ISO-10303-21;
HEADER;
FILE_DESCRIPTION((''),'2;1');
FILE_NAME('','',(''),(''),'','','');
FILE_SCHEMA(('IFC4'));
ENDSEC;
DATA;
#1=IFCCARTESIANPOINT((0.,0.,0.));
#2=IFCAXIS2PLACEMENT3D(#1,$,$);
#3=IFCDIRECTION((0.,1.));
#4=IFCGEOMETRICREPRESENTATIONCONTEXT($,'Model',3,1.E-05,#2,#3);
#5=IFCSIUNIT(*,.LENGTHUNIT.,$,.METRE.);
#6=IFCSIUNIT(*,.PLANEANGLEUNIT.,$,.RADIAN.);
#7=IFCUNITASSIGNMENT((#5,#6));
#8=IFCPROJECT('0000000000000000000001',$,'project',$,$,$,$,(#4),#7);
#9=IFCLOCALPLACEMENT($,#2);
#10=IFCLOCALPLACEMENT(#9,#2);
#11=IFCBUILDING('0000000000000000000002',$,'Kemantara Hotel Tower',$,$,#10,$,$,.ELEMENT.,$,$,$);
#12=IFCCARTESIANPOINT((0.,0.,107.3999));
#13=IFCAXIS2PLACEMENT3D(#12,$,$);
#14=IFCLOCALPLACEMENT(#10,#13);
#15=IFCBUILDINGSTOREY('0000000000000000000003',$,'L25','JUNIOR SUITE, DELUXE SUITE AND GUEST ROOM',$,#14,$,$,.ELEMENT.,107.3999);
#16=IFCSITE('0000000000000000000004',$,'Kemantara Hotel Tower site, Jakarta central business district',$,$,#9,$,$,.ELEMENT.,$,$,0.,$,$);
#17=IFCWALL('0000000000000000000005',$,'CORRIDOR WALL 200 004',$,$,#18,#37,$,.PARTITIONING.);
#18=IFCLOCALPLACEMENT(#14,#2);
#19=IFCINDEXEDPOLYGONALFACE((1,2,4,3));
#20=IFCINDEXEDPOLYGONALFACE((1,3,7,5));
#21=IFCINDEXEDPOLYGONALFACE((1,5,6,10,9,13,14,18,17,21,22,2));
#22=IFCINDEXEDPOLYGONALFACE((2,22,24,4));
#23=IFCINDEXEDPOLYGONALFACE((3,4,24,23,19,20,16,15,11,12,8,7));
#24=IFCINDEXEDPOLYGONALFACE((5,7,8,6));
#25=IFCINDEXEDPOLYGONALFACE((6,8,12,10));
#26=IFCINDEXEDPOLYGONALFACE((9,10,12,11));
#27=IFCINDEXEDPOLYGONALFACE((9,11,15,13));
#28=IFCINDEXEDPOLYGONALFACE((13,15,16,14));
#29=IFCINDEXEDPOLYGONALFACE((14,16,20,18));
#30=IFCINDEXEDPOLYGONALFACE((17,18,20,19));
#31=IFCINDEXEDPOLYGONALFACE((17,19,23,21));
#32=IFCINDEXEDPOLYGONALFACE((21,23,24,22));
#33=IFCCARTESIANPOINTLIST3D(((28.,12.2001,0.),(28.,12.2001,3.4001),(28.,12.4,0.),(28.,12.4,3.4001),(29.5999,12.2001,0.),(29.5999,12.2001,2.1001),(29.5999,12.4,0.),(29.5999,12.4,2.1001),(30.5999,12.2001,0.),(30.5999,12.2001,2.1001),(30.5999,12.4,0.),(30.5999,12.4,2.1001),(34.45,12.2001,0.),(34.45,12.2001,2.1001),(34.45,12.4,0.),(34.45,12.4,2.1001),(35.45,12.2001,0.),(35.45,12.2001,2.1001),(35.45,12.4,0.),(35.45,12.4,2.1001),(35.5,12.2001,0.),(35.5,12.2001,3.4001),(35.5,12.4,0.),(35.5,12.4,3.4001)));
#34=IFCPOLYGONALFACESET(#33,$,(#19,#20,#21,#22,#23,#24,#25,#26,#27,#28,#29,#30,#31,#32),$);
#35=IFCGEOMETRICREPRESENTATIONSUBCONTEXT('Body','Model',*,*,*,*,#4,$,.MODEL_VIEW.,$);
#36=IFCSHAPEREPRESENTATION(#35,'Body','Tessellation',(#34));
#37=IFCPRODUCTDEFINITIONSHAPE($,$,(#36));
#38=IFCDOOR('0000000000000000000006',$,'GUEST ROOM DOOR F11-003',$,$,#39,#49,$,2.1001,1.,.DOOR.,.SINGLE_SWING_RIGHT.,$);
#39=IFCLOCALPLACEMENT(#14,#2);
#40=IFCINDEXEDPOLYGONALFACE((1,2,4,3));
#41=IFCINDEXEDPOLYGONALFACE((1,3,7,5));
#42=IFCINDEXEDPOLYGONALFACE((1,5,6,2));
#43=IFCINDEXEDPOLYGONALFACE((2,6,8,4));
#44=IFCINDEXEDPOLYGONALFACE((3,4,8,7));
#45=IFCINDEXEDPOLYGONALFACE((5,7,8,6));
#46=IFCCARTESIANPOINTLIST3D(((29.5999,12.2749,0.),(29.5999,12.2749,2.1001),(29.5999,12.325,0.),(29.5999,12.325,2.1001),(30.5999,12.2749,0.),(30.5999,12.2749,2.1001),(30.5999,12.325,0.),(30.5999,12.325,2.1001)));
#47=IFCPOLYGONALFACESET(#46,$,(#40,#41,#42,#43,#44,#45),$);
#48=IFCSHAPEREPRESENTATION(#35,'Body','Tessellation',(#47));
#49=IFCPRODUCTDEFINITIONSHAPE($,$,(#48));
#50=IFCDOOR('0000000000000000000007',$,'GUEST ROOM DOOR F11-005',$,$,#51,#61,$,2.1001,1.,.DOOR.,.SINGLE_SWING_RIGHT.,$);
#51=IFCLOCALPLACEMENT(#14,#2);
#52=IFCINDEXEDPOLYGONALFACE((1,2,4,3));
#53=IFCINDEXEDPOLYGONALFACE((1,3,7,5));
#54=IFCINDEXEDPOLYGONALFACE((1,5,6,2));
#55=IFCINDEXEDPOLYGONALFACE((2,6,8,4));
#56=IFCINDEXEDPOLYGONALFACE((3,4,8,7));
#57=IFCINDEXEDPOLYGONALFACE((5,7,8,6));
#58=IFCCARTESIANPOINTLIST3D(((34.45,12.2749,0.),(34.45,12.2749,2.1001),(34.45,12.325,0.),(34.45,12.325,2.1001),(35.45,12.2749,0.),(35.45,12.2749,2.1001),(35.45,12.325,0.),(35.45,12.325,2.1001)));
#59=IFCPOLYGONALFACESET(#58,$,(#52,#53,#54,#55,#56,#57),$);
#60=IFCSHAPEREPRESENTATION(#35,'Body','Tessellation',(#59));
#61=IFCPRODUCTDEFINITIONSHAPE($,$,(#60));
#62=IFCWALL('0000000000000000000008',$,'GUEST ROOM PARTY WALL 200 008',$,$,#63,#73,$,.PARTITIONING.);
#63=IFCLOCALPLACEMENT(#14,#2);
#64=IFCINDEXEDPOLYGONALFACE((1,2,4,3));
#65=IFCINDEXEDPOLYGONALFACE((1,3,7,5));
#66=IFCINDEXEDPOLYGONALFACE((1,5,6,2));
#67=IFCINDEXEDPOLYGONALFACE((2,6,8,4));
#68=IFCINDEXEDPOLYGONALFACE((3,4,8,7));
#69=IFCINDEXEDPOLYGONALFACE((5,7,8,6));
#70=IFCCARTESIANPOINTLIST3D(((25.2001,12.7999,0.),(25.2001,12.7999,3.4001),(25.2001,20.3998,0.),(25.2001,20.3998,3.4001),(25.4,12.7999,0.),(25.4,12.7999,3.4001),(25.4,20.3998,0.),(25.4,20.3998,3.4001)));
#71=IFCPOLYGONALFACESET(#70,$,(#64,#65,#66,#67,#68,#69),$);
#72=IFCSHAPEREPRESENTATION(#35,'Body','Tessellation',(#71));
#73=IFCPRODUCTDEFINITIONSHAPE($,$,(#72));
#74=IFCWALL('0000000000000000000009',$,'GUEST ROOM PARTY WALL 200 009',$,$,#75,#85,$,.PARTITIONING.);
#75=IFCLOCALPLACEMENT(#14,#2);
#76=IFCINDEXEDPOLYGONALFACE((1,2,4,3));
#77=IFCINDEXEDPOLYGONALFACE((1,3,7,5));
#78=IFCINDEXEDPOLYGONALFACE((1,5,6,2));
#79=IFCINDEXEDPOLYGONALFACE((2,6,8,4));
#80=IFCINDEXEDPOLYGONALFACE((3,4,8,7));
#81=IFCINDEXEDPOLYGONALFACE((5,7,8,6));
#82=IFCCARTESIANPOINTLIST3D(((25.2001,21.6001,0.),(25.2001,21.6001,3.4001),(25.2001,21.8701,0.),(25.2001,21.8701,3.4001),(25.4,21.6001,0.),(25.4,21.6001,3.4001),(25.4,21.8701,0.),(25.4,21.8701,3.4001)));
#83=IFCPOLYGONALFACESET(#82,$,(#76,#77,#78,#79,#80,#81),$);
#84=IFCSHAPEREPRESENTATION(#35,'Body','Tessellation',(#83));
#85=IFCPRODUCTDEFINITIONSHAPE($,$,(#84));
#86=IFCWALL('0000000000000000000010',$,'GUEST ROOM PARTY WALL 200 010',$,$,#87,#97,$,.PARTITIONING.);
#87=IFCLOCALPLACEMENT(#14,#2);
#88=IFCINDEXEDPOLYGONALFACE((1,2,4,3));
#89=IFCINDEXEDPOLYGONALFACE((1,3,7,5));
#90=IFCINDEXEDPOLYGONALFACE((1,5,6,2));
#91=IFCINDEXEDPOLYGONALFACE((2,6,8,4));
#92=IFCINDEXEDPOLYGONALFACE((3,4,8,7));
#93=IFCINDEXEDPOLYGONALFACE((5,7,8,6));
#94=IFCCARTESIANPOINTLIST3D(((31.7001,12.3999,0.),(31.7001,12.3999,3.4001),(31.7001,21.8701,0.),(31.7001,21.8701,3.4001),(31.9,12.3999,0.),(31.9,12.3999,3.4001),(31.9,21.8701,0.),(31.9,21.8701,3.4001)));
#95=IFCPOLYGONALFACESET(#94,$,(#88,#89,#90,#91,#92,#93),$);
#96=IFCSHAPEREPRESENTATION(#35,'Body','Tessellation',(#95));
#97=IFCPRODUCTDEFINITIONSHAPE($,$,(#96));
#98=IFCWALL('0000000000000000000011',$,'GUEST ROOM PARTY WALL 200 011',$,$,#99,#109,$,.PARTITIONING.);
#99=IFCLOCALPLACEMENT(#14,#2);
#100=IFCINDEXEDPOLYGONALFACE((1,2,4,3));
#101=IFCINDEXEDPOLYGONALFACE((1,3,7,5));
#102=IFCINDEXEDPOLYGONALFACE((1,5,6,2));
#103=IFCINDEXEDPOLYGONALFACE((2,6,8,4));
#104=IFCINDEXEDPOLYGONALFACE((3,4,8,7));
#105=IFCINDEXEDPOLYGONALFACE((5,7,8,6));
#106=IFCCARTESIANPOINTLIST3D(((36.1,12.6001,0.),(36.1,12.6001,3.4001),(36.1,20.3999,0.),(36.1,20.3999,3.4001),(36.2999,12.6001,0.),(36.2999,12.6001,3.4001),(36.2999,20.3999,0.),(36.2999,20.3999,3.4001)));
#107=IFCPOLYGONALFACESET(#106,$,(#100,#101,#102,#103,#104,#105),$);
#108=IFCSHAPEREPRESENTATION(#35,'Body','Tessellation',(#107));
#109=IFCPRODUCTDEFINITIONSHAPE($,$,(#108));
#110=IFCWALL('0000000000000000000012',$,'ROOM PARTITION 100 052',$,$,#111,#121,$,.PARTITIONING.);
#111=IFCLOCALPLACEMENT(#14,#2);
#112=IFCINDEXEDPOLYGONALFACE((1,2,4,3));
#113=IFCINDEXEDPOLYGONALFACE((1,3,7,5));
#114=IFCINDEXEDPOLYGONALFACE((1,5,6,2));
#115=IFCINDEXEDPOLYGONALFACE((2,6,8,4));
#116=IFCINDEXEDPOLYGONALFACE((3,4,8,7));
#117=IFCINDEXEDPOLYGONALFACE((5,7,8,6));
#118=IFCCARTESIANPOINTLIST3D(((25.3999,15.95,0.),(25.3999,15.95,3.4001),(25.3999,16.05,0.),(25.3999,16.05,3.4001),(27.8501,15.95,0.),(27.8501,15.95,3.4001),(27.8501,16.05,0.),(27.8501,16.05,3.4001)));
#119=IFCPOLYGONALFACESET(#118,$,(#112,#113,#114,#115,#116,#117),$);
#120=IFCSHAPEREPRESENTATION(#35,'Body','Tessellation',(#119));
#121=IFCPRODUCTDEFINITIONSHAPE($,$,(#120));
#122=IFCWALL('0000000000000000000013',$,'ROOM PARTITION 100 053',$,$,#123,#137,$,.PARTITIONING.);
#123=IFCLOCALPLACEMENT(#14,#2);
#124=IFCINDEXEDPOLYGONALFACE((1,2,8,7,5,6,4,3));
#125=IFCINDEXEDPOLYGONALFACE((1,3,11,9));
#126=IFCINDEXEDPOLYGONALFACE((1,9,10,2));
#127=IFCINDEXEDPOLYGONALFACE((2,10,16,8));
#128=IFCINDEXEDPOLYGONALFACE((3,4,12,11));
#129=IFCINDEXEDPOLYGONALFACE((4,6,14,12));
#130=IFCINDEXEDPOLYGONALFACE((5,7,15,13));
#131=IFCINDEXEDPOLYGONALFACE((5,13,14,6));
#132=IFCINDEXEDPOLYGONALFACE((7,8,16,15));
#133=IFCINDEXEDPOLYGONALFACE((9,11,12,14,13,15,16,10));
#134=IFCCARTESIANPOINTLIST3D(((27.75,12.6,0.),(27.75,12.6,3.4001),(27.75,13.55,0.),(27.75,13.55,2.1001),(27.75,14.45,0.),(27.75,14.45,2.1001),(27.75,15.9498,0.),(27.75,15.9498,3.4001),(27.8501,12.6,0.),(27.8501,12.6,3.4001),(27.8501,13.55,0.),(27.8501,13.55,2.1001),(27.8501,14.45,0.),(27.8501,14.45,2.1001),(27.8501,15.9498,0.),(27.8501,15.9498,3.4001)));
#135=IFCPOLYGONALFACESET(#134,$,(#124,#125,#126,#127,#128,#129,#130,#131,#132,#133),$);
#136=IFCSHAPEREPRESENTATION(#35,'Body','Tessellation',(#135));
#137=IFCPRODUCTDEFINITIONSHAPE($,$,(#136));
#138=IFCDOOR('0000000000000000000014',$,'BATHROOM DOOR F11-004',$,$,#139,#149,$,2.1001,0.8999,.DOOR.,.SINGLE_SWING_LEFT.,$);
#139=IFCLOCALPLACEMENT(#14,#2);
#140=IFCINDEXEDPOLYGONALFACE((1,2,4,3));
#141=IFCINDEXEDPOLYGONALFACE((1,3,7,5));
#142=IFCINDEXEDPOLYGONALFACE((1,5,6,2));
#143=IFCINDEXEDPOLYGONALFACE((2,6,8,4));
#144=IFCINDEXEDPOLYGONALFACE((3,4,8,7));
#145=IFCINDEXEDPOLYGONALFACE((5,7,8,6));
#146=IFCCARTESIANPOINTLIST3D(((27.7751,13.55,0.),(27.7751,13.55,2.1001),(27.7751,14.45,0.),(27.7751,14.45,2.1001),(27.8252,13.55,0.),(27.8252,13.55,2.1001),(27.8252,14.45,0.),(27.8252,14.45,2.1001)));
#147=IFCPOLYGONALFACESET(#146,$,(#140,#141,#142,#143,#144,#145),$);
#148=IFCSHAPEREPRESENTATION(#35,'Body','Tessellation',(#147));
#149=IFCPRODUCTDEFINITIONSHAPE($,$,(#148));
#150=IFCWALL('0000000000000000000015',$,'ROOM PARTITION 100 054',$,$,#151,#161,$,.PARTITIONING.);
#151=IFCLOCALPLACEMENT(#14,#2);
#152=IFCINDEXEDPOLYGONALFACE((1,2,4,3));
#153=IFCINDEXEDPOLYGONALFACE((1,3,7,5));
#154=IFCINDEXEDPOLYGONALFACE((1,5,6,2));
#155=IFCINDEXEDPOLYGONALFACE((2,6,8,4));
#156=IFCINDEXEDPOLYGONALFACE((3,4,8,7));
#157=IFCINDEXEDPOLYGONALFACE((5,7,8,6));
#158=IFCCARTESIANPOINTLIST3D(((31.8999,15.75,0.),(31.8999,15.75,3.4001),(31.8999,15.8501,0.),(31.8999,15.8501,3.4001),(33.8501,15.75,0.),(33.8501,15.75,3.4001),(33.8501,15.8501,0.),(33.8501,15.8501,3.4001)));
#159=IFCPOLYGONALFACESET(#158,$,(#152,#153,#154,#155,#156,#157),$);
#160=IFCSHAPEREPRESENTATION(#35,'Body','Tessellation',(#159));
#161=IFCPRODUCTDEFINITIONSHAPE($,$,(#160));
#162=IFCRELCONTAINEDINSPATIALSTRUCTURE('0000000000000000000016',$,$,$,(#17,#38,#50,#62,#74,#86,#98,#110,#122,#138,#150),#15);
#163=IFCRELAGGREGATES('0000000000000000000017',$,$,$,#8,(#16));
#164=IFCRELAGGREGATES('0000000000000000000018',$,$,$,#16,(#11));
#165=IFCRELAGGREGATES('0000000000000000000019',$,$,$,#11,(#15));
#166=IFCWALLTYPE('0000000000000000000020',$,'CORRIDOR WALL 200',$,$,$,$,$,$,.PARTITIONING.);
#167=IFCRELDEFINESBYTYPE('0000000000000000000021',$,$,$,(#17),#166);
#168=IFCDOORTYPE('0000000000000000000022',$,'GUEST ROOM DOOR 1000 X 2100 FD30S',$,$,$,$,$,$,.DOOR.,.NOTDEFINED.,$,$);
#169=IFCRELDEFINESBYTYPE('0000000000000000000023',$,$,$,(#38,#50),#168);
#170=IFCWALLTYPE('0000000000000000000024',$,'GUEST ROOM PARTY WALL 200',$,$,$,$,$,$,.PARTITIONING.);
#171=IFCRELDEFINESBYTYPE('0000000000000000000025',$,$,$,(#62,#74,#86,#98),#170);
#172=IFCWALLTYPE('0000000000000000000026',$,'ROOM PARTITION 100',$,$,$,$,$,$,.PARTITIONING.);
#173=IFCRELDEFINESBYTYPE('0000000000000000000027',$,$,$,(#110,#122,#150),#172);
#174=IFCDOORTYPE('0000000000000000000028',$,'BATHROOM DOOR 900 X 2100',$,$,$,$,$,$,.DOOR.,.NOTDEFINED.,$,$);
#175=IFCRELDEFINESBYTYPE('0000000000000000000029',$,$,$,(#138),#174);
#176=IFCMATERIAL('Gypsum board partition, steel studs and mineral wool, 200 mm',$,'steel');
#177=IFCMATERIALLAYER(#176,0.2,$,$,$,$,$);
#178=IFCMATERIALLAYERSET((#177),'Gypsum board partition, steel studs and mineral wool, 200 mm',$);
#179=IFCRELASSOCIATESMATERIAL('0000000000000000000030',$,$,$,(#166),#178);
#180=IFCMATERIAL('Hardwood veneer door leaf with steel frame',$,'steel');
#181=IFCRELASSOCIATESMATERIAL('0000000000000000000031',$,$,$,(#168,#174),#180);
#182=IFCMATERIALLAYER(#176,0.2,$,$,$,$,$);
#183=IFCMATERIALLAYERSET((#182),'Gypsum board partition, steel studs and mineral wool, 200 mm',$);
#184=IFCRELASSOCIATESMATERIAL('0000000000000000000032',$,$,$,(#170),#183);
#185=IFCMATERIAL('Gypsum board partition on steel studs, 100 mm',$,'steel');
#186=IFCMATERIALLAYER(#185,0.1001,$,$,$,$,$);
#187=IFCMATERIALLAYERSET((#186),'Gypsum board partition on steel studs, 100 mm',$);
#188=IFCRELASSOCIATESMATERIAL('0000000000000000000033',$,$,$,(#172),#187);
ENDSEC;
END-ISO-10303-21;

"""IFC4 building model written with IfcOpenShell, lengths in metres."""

from ifc_helpers import new_model, si_unit, direction, frame, frame_2d, origin, place, context, subcontext, project, spatial, rectangle, extrude, material, layer, layer_set, type_object, element, fill, save


model = new_model("IFC4")

# Units and contexts
model_context = context("Model", 3, precision=1e-05, world=origin(), true_north=direction((0.0, 1.0)))
body_context = subcontext(model_context, "Body", "Model", "MODEL_VIEW")
ifc_project = project(units=[si_unit("LENGTHUNIT", "METRE"), si_unit("PLANEANGLEUNIT", "RADIAN")], contexts=[model_context])

# Site, building, storey
site_placement = place(None, origin())
site = spatial("IfcSite", under=ifc_project, at=site_placement, Name="Kemantara Hotel Tower site, Jakarta central business district", CompositionType="ELEMENT", RefElevation=0.0)
building_placement = place(site_placement, origin())
building = spatial("IfcBuilding", under=site, at=building_placement, Name="Kemantara Hotel Tower", CompositionType="ELEMENT")
storey_placement = place(building_placement, frame((0.0, 0.0, 107.3999)))
storey = spatial("IfcBuildingStorey", under=building, at=storey_placement, Name="L25", Description="JUNIOR SUITE, DELUXE SUITE AND GUEST ROOM", CompositionType="ELEMENT", Elevation=107.3999)

# Shared definitions
ifc_material_1 = material(Name="Gypsum board partition, steel studs and mineral wool, 200 mm", Category="steel")
ifc_layer_1 = layer(ifc_material_1, 0.2)
ifc_layer_set_1 = layer_set([ifc_layer_1], Name="Gypsum board partition, steel studs and mineral wool, 200 mm")
wall_type_1 = type_object("IfcWallType", Name="CORRIDOR WALL 200", PredefinedType="PARTITIONING", material=ifc_layer_set_1)

# Wall, openings, doors
wall_1_placement = place(storey_placement, frame((28.0, 12.3, 0.0), z_axis=(0.0, 0.0, 1.0), x_axis=(1.0, 0.0, 0.0)))
wall_1 = element("IfcWall", 1, at=wall_1_placement, inside=storey, type_object=wall_type_1, Name="CORRIDOR WALL 200 004", PredefinedType="PARTITIONING", context=body_context, shape_type="SweptSolid", body=[
    extrude(rectangle(XDim=7.5, YDim=0.2, at=frame_2d((3.75, 0.0))), origin(), (0.0, 0.0, 1.0), 3.4001),
])
opening_1_placement = place(wall_1_placement, frame((1.5999, 0.0, 0.0)))
opening_1 = element("IfcOpeningElement", 2, at=opening_1_placement, cuts=wall_1, PredefinedType="OPENING", context=body_context, shape_type="SweptSolid", body=[
    extrude(rectangle(XDim=1.0, YDim=2.1001, at=frame_2d((0.5, 1.05))), frame((0.0, 0.1099, 0.0), z_axis=(0.0, -1.0, 0.0), x_axis=(1.0, 0.0, 0.0)), (0.0, 0.0, 1.0), 0.22),
])
opening_2_placement = place(wall_1_placement, frame((6.45, 0.0, 0.0)))
opening_2 = element("IfcOpeningElement", 3, at=opening_2_placement, cuts=wall_1, PredefinedType="OPENING", context=body_context, shape_type="SweptSolid", body=[
    extrude(rectangle(XDim=1.0, YDim=2.1001, at=frame_2d((0.5, 1.05))), frame((0.0, 0.1099, 0.0), z_axis=(0.0, -1.0, 0.0), x_axis=(1.0, 0.0, 0.0)), (0.0, 0.0, 1.0), 0.22),
])
ifc_material_2 = material(Name="Hardwood veneer door leaf with steel frame", Category="steel")
door_type_1 = type_object("IfcDoorType", Name="GUEST ROOM DOOR 1000 X 2100 FD30S", OperationType="NOTDEFINED", PredefinedType="DOOR", material=ifc_material_2)
door_1_placement = place(opening_1_placement, origin())
door_1 = element("IfcDoor", 4, at=door_1_placement, inside=storey, type_object=door_type_1, Name="GUEST ROOM DOOR F11-003", OperationType="SINGLE_SWING_RIGHT", OverallHeight=2.1001, OverallWidth=1.0, PredefinedType="DOOR", context=body_context, shape_type="SweptSolid", body=[
    extrude(rectangle(XDim=1.0, YDim=2.1001, at=frame_2d((0.5, 1.05))), frame((0.0, 0.0249, 0.0), z_axis=(0.0, -1.0, 0.0), x_axis=(1.0, 0.0, 0.0)), (0.0, 0.0, 1.0), 0.05),
])
fill(opening_1, door_1)
door_2_placement = place(opening_2_placement, origin())
door_2 = element("IfcDoor", 5, at=door_2_placement, inside=storey, type_object=door_type_1, Name="GUEST ROOM DOOR F11-005", OperationType="SINGLE_SWING_RIGHT", OverallHeight=2.1001, OverallWidth=1.0, PredefinedType="DOOR", context=body_context, shape_type="SweptSolid", body=[
    extrude(rectangle(XDim=1.0, YDim=2.1001, at=frame_2d((0.5, 1.05))), frame((0.0, 0.0249, 0.0), z_axis=(0.0, -1.0, 0.0), x_axis=(1.0, 0.0, 0.0)), (0.0, 0.0, 1.0), 0.05),
])
fill(opening_2, door_2)

# Walls
ifc_layer_2 = layer(ifc_material_1, 0.2)
ifc_layer_set_2 = layer_set([ifc_layer_2], Name="Gypsum board partition, steel studs and mineral wool, 200 mm")
wall_type_2 = type_object("IfcWallType", Name="GUEST ROOM PARTY WALL 200", PredefinedType="PARTITIONING", material=ifc_layer_set_2)
wall_2_placement = place(storey_placement, frame((25.3, 12.8, 0.0), z_axis=(0.0, 0.0, 1.0), x_axis=(0.0, 1.0, 0.0)))
element("IfcWall", 6, at=wall_2_placement, inside=storey, type_object=wall_type_2, Name="GUEST ROOM PARTY WALL 200 008", PredefinedType="PARTITIONING", context=body_context, shape_type="SweptSolid", body=[
    extrude(rectangle(XDim=7.5999, YDim=0.2, at=frame_2d((3.7998, 0.0))), origin(), (0.0, 0.0, 1.0), 3.4001),
])
wall_3_placement = place(storey_placement, frame((25.3, 21.6001, 0.0), z_axis=(0.0, 0.0, 1.0), x_axis=(0.0, 1.0, 0.0)))
element("IfcWall", 7, at=wall_3_placement, inside=storey, type_object=wall_type_2, Name="GUEST ROOM PARTY WALL 200 009", PredefinedType="PARTITIONING", context=body_context, shape_type="SweptSolid", body=[
    extrude(rectangle(XDim=0.27, YDim=0.2, at=frame_2d((0.135, 0.0))), origin(), (0.0, 0.0, 1.0), 3.4001),
])
wall_4_placement = place(storey_placement, frame((31.8, 12.3999, 0.0), z_axis=(0.0, 0.0, 1.0), x_axis=(0.0, 1.0, 0.0)))
element("IfcWall", 8, at=wall_4_placement, inside=storey, type_object=wall_type_2, Name="GUEST ROOM PARTY WALL 200 010", PredefinedType="PARTITIONING", context=body_context, shape_type="SweptSolid", body=[
    extrude(rectangle(XDim=9.4702, YDim=0.2, at=frame_2d((4.7351, 0.0))), origin(), (0.0, 0.0, 1.0), 3.4001),
])
wall_5_placement = place(storey_placement, frame((36.2, 12.6001, 0.0), z_axis=(0.0, 0.0, 1.0), x_axis=(0.0, 1.0, 0.0)))
element("IfcWall", 9, at=wall_5_placement, inside=storey, type_object=wall_type_2, Name="GUEST ROOM PARTY WALL 200 011", PredefinedType="PARTITIONING", context=body_context, shape_type="SweptSolid", body=[
    extrude(rectangle(XDim=7.7998, YDim=0.2, at=frame_2d((3.8999, 0.0))), origin(), (0.0, 0.0, 1.0), 3.4001),
])
ifc_material_3 = material(Name="Gypsum board partition on steel studs, 100 mm", Category="steel")
ifc_layer_3 = layer(ifc_material_3, 0.1001)
ifc_layer_set_3 = layer_set([ifc_layer_3], Name="Gypsum board partition on steel studs, 100 mm")
wall_type_3 = type_object("IfcWallType", Name="ROOM PARTITION 100", PredefinedType="PARTITIONING", material=ifc_layer_set_3)
wall_6_placement = place(storey_placement, frame((25.3999, 16.0, 0.0), z_axis=(0.0, 0.0, 1.0), x_axis=(1.0, 0.0, 0.0)))
element("IfcWall", 10, at=wall_6_placement, inside=storey, type_object=wall_type_3, Name="ROOM PARTITION 100 052", PredefinedType="PARTITIONING", context=body_context, shape_type="SweptSolid", body=[
    extrude(rectangle(XDim=2.4502, YDim=0.1001, at=frame_2d((1.2251, 0.0))), origin(), (0.0, 0.0, 1.0), 3.4001),
])

# Wall, opening, door
wall_7_placement = place(storey_placement, frame((27.8, 12.6001, 0.0), z_axis=(0.0, 0.0, 1.0), x_axis=(0.0, 1.0, 0.0)))
wall_7 = element("IfcWall", 11, at=wall_7_placement, inside=storey, type_object=wall_type_3, Name="ROOM PARTITION 100 053", PredefinedType="PARTITIONING", context=body_context, shape_type="SweptSolid", body=[
    extrude(rectangle(XDim=3.3499, YDim=0.1001, at=frame_2d((1.6748, 0.0))), origin(), (0.0, 0.0, 1.0), 3.4001),
])
opening_3_placement = place(wall_7_placement, frame((0.95, 0.0, 0.0)))
opening_3 = element("IfcOpeningElement", 12, at=opening_3_placement, cuts=wall_7, PredefinedType="OPENING", context=body_context, shape_type="SweptSolid", body=[
    extrude(rectangle(XDim=0.8999, YDim=2.1001, at=frame_2d((0.45, 1.05))), frame((0.0, 0.0601, 0.0), z_axis=(0.0, -1.0, 0.0), x_axis=(1.0, 0.0, 0.0)), (0.0, 0.0, 1.0), 0.1201),
])
door_type_2 = type_object("IfcDoorType", Name="BATHROOM DOOR 900 X 2100", OperationType="NOTDEFINED", PredefinedType="DOOR", material=ifc_material_2)
door_3_placement = place(opening_3_placement, origin())
door_3 = element("IfcDoor", 13, at=door_3_placement, inside=storey, type_object=door_type_2, Name="BATHROOM DOOR F11-004", OperationType="SINGLE_SWING_LEFT", OverallHeight=2.1001, OverallWidth=0.8999, PredefinedType="DOOR", context=body_context, shape_type="SweptSolid", body=[
    extrude(rectangle(XDim=0.8999, YDim=2.1001, at=frame_2d((0.45, 1.05))), frame((0.0, 0.0249, 0.0), z_axis=(0.0, -1.0, 0.0), x_axis=(1.0, 0.0, 0.0)), (0.0, 0.0, 1.0), 0.05),
])
fill(opening_3, door_3)

# Wall
wall_8_placement = place(storey_placement, frame((31.8999, 15.8, 0.0), z_axis=(0.0, 0.0, 1.0), x_axis=(1.0, 0.0, 0.0)))
element("IfcWall", 14, at=wall_8_placement, inside=storey, type_object=wall_type_3, Name="ROOM PARTITION 100 054", PredefinedType="PARTITIONING", context=body_context, shape_type="SweptSolid", body=[
    extrude(rectangle(XDim=1.9502, YDim=0.1001, at=frame_2d((0.9751, 0.0))), origin(), (0.0, 0.0, 1.0), 3.4001),
])

save(model, "model.ifc")
